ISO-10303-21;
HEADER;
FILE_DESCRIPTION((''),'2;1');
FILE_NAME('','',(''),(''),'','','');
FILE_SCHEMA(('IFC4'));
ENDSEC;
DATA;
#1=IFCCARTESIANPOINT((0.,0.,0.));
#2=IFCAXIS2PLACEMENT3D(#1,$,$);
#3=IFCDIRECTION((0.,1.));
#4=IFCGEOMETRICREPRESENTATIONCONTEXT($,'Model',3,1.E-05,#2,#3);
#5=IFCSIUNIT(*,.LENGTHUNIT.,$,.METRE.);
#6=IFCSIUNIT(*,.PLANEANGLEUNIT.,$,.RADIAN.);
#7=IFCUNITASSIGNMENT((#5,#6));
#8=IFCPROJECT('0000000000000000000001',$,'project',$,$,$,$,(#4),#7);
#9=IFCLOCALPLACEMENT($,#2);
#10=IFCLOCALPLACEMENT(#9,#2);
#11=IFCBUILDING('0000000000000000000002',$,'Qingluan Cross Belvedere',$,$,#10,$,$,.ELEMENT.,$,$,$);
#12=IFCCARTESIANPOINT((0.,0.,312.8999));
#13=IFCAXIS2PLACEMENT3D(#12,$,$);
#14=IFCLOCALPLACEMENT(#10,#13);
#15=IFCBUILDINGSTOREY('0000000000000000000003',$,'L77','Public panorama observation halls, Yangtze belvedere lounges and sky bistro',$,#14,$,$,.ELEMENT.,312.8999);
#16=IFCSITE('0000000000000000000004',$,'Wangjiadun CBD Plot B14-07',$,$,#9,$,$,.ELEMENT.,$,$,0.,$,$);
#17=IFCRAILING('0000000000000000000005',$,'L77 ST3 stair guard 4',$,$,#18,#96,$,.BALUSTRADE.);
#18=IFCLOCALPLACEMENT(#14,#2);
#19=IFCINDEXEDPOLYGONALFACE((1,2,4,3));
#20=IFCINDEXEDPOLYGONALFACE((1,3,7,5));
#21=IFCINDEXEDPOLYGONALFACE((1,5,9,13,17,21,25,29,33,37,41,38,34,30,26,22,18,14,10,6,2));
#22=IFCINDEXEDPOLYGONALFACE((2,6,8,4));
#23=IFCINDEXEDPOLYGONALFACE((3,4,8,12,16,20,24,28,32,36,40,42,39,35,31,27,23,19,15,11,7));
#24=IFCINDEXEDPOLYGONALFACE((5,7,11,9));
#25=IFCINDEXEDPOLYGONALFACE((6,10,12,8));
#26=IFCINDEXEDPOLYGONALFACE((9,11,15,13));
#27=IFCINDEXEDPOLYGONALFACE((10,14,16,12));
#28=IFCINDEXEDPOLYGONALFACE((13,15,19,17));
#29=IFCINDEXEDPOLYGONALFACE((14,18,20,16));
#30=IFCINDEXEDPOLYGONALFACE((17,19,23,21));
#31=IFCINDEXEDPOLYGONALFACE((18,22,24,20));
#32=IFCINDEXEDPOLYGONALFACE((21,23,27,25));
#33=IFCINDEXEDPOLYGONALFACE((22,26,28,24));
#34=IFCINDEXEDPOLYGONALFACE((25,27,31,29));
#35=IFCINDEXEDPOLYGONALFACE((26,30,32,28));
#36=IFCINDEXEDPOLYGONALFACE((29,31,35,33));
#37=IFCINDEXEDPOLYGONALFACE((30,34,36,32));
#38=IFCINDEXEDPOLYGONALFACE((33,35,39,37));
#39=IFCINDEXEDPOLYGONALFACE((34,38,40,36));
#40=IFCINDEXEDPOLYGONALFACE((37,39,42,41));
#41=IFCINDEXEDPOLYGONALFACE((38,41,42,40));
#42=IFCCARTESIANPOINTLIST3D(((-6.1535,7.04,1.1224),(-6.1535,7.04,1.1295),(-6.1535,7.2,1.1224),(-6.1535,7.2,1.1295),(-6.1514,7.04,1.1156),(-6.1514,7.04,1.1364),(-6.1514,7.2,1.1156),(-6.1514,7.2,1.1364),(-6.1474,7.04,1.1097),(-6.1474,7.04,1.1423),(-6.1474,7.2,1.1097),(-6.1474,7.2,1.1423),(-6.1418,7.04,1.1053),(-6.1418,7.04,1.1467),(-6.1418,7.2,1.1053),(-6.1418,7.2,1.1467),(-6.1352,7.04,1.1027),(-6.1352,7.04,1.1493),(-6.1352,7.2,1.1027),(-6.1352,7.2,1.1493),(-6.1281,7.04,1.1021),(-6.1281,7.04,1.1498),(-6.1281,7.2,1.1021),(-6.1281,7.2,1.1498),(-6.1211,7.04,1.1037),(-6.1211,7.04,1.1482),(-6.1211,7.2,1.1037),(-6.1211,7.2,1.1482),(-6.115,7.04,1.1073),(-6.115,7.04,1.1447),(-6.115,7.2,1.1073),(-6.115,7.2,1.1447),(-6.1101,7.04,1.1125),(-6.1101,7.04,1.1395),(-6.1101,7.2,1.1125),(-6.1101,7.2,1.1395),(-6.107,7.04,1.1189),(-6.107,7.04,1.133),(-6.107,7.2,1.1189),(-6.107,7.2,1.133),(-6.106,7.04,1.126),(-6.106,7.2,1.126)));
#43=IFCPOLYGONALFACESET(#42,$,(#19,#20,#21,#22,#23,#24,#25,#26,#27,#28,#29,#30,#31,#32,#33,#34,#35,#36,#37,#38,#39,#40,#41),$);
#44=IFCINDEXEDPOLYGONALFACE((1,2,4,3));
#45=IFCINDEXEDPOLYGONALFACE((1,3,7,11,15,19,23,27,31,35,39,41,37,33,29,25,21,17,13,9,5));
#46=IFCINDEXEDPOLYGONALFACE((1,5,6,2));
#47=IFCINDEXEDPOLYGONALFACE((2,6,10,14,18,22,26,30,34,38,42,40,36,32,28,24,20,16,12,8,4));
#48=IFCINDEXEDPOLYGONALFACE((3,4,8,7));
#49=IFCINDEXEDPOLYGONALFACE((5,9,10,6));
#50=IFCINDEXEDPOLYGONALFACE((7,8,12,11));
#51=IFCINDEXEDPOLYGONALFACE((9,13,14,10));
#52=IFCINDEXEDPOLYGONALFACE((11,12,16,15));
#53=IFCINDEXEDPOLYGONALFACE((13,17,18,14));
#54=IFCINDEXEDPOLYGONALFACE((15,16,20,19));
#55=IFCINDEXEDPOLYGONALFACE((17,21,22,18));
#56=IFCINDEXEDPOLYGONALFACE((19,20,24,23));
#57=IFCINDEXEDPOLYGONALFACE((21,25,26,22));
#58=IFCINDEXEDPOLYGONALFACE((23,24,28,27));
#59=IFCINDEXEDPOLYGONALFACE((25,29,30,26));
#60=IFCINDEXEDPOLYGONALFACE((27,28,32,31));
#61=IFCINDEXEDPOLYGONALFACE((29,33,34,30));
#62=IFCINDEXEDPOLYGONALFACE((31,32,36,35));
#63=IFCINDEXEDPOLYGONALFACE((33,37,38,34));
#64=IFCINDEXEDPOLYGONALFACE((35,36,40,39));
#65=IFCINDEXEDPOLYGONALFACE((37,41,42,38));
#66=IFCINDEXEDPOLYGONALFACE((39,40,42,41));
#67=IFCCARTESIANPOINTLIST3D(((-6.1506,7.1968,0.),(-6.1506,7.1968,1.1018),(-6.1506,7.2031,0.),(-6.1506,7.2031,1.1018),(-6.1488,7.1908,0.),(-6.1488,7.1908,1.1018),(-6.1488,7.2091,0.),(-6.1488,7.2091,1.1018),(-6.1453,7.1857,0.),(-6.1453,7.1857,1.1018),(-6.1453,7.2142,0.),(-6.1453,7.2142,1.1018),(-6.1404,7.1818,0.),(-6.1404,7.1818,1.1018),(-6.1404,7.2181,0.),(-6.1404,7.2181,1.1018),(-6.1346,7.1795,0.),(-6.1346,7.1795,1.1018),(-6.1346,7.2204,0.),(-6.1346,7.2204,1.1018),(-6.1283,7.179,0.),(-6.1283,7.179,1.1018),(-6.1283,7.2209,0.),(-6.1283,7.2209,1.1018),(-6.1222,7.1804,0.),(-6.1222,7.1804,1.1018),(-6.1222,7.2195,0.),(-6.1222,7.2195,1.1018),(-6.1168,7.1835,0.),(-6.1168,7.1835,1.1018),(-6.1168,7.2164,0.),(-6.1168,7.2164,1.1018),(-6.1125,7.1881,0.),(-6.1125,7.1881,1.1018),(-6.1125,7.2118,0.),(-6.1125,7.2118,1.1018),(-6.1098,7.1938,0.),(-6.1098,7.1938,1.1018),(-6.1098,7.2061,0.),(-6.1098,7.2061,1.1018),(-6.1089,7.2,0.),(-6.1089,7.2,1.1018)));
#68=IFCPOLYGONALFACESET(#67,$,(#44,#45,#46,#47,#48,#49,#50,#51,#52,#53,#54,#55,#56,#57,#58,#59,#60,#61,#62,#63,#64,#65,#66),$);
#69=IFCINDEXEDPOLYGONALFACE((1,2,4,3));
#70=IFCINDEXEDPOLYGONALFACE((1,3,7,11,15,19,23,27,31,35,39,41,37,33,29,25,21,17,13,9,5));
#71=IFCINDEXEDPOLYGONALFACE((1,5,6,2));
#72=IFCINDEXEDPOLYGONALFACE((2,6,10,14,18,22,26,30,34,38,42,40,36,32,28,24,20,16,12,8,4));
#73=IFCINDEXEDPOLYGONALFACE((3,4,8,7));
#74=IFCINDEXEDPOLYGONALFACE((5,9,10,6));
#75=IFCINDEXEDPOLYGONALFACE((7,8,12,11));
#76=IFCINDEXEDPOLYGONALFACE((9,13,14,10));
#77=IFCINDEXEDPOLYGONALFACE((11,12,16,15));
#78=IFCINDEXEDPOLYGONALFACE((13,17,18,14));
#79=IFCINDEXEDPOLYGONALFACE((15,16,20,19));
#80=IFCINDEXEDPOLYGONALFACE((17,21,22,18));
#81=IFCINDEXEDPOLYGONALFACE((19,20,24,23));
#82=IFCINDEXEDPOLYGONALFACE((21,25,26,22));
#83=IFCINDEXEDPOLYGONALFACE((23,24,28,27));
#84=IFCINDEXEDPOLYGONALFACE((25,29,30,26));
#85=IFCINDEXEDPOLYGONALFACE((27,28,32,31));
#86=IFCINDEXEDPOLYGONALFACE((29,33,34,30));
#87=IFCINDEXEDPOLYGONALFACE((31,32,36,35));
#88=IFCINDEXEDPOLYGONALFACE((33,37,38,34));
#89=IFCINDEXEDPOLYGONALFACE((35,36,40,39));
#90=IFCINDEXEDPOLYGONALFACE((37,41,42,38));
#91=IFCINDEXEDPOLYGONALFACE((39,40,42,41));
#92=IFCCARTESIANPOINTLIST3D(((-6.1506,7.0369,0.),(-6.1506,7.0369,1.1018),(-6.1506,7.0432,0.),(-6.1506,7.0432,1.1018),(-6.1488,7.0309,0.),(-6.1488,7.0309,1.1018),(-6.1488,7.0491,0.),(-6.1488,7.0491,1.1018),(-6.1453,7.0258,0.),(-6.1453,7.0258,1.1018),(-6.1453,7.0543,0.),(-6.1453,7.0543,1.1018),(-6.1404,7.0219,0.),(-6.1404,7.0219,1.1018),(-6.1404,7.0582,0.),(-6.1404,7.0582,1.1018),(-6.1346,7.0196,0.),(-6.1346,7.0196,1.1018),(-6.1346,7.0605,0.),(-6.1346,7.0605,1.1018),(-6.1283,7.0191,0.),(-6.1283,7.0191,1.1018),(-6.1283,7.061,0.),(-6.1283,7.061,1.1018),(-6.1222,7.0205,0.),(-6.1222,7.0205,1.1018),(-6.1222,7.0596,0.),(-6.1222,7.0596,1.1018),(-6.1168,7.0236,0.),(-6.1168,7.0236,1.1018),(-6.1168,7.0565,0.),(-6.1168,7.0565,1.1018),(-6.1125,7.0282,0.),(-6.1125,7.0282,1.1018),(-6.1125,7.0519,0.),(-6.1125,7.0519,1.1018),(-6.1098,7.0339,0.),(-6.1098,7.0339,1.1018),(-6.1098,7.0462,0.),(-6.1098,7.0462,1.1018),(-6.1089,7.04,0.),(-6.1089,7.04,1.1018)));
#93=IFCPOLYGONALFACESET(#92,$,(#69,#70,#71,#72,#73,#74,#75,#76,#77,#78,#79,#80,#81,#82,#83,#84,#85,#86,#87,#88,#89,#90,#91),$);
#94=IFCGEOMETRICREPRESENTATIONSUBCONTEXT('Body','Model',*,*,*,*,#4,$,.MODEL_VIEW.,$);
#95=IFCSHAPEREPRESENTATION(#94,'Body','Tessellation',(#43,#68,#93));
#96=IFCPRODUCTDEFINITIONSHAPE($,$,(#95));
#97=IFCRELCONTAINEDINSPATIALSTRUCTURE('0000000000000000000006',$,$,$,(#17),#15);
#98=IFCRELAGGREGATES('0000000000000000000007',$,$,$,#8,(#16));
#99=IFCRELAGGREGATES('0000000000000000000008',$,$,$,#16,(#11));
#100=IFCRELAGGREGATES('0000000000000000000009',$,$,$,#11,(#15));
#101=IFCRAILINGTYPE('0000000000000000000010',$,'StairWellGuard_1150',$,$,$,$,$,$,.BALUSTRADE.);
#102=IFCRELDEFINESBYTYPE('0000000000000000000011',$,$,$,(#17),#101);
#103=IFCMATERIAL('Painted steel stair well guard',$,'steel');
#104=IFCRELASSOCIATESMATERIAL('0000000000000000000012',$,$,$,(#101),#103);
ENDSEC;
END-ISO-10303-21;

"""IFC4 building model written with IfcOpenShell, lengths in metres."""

from ifc_helpers import new_model, si_unit, direction, frame, origin, origin_2d, place, context, subcontext, project, spatial, circle, extrude, material, type_object, element, save


model = new_model("IFC4")

# Units and contexts
model_context = context("Model", 3, precision=1e-05, world=origin(), true_north=direction((0.0, 1.0)))
body_context = subcontext(model_context, "Body", "Model", "MODEL_VIEW")
ifc_project = project(units=[si_unit("LENGTHUNIT", "METRE"), si_unit("PLANEANGLEUNIT", "RADIAN")], contexts=[model_context])

# Site, building, storey
site_placement = place(None, origin())
site = spatial("IfcSite", under=ifc_project, at=site_placement, Name="Wangjiadun CBD Plot B14-07", CompositionType="ELEMENT", RefElevation=0.0)
building_placement = place(site_placement, origin())
building = spatial("IfcBuilding", under=site, at=building_placement, Name="Qingluan Cross Belvedere", CompositionType="ELEMENT")
storey_placement = place(building_placement, frame((0.0, 0.0, 312.8999)))
storey = spatial("IfcBuildingStorey", under=building, at=storey_placement, Name="L77", Description="Public panorama observation halls, Yangtze belvedere lounges and sky bistro", CompositionType="ELEMENT", Elevation=312.8999)

# Railing
ifc_material_1 = material(Name="Painted steel stair well guard", Category="steel")
railing_type_1 = type_object("IfcRailingType", Name="StairWellGuard_1150", PredefinedType="BALUSTRADE", material=ifc_material_1)
railing_1_placement = place(storey_placement, frame((-6.1299, 7.2, 0.0)))
element("IfcRailing", 1, at=railing_1_placement, inside=storey, type_object=railing_type_1, Name="L77 ST3 stair guard 4", PredefinedType="BALUSTRADE", context=body_context, shape_type="SweptSolid", body=[
    extrude(circle(Radius=0.0239, at=origin_2d()), frame((0.0, 0.0, 1.126), z_axis=(0.0, -1.0, 0.0), x_axis=(1.0, 0.0, 0.0)), (0.0, 0.0, 1.0), 0.1599),
    extrude(circle(Radius=0.021, at=origin_2d()), origin(), (0.0, 0.0, 1.0), 1.1018),
    extrude(circle(Radius=0.021, at=origin_2d()), frame((0.0, -0.1599, 0.0)), (0.0, 0.0, 1.0), 1.1018),
])

save(model, "model.ifc")
